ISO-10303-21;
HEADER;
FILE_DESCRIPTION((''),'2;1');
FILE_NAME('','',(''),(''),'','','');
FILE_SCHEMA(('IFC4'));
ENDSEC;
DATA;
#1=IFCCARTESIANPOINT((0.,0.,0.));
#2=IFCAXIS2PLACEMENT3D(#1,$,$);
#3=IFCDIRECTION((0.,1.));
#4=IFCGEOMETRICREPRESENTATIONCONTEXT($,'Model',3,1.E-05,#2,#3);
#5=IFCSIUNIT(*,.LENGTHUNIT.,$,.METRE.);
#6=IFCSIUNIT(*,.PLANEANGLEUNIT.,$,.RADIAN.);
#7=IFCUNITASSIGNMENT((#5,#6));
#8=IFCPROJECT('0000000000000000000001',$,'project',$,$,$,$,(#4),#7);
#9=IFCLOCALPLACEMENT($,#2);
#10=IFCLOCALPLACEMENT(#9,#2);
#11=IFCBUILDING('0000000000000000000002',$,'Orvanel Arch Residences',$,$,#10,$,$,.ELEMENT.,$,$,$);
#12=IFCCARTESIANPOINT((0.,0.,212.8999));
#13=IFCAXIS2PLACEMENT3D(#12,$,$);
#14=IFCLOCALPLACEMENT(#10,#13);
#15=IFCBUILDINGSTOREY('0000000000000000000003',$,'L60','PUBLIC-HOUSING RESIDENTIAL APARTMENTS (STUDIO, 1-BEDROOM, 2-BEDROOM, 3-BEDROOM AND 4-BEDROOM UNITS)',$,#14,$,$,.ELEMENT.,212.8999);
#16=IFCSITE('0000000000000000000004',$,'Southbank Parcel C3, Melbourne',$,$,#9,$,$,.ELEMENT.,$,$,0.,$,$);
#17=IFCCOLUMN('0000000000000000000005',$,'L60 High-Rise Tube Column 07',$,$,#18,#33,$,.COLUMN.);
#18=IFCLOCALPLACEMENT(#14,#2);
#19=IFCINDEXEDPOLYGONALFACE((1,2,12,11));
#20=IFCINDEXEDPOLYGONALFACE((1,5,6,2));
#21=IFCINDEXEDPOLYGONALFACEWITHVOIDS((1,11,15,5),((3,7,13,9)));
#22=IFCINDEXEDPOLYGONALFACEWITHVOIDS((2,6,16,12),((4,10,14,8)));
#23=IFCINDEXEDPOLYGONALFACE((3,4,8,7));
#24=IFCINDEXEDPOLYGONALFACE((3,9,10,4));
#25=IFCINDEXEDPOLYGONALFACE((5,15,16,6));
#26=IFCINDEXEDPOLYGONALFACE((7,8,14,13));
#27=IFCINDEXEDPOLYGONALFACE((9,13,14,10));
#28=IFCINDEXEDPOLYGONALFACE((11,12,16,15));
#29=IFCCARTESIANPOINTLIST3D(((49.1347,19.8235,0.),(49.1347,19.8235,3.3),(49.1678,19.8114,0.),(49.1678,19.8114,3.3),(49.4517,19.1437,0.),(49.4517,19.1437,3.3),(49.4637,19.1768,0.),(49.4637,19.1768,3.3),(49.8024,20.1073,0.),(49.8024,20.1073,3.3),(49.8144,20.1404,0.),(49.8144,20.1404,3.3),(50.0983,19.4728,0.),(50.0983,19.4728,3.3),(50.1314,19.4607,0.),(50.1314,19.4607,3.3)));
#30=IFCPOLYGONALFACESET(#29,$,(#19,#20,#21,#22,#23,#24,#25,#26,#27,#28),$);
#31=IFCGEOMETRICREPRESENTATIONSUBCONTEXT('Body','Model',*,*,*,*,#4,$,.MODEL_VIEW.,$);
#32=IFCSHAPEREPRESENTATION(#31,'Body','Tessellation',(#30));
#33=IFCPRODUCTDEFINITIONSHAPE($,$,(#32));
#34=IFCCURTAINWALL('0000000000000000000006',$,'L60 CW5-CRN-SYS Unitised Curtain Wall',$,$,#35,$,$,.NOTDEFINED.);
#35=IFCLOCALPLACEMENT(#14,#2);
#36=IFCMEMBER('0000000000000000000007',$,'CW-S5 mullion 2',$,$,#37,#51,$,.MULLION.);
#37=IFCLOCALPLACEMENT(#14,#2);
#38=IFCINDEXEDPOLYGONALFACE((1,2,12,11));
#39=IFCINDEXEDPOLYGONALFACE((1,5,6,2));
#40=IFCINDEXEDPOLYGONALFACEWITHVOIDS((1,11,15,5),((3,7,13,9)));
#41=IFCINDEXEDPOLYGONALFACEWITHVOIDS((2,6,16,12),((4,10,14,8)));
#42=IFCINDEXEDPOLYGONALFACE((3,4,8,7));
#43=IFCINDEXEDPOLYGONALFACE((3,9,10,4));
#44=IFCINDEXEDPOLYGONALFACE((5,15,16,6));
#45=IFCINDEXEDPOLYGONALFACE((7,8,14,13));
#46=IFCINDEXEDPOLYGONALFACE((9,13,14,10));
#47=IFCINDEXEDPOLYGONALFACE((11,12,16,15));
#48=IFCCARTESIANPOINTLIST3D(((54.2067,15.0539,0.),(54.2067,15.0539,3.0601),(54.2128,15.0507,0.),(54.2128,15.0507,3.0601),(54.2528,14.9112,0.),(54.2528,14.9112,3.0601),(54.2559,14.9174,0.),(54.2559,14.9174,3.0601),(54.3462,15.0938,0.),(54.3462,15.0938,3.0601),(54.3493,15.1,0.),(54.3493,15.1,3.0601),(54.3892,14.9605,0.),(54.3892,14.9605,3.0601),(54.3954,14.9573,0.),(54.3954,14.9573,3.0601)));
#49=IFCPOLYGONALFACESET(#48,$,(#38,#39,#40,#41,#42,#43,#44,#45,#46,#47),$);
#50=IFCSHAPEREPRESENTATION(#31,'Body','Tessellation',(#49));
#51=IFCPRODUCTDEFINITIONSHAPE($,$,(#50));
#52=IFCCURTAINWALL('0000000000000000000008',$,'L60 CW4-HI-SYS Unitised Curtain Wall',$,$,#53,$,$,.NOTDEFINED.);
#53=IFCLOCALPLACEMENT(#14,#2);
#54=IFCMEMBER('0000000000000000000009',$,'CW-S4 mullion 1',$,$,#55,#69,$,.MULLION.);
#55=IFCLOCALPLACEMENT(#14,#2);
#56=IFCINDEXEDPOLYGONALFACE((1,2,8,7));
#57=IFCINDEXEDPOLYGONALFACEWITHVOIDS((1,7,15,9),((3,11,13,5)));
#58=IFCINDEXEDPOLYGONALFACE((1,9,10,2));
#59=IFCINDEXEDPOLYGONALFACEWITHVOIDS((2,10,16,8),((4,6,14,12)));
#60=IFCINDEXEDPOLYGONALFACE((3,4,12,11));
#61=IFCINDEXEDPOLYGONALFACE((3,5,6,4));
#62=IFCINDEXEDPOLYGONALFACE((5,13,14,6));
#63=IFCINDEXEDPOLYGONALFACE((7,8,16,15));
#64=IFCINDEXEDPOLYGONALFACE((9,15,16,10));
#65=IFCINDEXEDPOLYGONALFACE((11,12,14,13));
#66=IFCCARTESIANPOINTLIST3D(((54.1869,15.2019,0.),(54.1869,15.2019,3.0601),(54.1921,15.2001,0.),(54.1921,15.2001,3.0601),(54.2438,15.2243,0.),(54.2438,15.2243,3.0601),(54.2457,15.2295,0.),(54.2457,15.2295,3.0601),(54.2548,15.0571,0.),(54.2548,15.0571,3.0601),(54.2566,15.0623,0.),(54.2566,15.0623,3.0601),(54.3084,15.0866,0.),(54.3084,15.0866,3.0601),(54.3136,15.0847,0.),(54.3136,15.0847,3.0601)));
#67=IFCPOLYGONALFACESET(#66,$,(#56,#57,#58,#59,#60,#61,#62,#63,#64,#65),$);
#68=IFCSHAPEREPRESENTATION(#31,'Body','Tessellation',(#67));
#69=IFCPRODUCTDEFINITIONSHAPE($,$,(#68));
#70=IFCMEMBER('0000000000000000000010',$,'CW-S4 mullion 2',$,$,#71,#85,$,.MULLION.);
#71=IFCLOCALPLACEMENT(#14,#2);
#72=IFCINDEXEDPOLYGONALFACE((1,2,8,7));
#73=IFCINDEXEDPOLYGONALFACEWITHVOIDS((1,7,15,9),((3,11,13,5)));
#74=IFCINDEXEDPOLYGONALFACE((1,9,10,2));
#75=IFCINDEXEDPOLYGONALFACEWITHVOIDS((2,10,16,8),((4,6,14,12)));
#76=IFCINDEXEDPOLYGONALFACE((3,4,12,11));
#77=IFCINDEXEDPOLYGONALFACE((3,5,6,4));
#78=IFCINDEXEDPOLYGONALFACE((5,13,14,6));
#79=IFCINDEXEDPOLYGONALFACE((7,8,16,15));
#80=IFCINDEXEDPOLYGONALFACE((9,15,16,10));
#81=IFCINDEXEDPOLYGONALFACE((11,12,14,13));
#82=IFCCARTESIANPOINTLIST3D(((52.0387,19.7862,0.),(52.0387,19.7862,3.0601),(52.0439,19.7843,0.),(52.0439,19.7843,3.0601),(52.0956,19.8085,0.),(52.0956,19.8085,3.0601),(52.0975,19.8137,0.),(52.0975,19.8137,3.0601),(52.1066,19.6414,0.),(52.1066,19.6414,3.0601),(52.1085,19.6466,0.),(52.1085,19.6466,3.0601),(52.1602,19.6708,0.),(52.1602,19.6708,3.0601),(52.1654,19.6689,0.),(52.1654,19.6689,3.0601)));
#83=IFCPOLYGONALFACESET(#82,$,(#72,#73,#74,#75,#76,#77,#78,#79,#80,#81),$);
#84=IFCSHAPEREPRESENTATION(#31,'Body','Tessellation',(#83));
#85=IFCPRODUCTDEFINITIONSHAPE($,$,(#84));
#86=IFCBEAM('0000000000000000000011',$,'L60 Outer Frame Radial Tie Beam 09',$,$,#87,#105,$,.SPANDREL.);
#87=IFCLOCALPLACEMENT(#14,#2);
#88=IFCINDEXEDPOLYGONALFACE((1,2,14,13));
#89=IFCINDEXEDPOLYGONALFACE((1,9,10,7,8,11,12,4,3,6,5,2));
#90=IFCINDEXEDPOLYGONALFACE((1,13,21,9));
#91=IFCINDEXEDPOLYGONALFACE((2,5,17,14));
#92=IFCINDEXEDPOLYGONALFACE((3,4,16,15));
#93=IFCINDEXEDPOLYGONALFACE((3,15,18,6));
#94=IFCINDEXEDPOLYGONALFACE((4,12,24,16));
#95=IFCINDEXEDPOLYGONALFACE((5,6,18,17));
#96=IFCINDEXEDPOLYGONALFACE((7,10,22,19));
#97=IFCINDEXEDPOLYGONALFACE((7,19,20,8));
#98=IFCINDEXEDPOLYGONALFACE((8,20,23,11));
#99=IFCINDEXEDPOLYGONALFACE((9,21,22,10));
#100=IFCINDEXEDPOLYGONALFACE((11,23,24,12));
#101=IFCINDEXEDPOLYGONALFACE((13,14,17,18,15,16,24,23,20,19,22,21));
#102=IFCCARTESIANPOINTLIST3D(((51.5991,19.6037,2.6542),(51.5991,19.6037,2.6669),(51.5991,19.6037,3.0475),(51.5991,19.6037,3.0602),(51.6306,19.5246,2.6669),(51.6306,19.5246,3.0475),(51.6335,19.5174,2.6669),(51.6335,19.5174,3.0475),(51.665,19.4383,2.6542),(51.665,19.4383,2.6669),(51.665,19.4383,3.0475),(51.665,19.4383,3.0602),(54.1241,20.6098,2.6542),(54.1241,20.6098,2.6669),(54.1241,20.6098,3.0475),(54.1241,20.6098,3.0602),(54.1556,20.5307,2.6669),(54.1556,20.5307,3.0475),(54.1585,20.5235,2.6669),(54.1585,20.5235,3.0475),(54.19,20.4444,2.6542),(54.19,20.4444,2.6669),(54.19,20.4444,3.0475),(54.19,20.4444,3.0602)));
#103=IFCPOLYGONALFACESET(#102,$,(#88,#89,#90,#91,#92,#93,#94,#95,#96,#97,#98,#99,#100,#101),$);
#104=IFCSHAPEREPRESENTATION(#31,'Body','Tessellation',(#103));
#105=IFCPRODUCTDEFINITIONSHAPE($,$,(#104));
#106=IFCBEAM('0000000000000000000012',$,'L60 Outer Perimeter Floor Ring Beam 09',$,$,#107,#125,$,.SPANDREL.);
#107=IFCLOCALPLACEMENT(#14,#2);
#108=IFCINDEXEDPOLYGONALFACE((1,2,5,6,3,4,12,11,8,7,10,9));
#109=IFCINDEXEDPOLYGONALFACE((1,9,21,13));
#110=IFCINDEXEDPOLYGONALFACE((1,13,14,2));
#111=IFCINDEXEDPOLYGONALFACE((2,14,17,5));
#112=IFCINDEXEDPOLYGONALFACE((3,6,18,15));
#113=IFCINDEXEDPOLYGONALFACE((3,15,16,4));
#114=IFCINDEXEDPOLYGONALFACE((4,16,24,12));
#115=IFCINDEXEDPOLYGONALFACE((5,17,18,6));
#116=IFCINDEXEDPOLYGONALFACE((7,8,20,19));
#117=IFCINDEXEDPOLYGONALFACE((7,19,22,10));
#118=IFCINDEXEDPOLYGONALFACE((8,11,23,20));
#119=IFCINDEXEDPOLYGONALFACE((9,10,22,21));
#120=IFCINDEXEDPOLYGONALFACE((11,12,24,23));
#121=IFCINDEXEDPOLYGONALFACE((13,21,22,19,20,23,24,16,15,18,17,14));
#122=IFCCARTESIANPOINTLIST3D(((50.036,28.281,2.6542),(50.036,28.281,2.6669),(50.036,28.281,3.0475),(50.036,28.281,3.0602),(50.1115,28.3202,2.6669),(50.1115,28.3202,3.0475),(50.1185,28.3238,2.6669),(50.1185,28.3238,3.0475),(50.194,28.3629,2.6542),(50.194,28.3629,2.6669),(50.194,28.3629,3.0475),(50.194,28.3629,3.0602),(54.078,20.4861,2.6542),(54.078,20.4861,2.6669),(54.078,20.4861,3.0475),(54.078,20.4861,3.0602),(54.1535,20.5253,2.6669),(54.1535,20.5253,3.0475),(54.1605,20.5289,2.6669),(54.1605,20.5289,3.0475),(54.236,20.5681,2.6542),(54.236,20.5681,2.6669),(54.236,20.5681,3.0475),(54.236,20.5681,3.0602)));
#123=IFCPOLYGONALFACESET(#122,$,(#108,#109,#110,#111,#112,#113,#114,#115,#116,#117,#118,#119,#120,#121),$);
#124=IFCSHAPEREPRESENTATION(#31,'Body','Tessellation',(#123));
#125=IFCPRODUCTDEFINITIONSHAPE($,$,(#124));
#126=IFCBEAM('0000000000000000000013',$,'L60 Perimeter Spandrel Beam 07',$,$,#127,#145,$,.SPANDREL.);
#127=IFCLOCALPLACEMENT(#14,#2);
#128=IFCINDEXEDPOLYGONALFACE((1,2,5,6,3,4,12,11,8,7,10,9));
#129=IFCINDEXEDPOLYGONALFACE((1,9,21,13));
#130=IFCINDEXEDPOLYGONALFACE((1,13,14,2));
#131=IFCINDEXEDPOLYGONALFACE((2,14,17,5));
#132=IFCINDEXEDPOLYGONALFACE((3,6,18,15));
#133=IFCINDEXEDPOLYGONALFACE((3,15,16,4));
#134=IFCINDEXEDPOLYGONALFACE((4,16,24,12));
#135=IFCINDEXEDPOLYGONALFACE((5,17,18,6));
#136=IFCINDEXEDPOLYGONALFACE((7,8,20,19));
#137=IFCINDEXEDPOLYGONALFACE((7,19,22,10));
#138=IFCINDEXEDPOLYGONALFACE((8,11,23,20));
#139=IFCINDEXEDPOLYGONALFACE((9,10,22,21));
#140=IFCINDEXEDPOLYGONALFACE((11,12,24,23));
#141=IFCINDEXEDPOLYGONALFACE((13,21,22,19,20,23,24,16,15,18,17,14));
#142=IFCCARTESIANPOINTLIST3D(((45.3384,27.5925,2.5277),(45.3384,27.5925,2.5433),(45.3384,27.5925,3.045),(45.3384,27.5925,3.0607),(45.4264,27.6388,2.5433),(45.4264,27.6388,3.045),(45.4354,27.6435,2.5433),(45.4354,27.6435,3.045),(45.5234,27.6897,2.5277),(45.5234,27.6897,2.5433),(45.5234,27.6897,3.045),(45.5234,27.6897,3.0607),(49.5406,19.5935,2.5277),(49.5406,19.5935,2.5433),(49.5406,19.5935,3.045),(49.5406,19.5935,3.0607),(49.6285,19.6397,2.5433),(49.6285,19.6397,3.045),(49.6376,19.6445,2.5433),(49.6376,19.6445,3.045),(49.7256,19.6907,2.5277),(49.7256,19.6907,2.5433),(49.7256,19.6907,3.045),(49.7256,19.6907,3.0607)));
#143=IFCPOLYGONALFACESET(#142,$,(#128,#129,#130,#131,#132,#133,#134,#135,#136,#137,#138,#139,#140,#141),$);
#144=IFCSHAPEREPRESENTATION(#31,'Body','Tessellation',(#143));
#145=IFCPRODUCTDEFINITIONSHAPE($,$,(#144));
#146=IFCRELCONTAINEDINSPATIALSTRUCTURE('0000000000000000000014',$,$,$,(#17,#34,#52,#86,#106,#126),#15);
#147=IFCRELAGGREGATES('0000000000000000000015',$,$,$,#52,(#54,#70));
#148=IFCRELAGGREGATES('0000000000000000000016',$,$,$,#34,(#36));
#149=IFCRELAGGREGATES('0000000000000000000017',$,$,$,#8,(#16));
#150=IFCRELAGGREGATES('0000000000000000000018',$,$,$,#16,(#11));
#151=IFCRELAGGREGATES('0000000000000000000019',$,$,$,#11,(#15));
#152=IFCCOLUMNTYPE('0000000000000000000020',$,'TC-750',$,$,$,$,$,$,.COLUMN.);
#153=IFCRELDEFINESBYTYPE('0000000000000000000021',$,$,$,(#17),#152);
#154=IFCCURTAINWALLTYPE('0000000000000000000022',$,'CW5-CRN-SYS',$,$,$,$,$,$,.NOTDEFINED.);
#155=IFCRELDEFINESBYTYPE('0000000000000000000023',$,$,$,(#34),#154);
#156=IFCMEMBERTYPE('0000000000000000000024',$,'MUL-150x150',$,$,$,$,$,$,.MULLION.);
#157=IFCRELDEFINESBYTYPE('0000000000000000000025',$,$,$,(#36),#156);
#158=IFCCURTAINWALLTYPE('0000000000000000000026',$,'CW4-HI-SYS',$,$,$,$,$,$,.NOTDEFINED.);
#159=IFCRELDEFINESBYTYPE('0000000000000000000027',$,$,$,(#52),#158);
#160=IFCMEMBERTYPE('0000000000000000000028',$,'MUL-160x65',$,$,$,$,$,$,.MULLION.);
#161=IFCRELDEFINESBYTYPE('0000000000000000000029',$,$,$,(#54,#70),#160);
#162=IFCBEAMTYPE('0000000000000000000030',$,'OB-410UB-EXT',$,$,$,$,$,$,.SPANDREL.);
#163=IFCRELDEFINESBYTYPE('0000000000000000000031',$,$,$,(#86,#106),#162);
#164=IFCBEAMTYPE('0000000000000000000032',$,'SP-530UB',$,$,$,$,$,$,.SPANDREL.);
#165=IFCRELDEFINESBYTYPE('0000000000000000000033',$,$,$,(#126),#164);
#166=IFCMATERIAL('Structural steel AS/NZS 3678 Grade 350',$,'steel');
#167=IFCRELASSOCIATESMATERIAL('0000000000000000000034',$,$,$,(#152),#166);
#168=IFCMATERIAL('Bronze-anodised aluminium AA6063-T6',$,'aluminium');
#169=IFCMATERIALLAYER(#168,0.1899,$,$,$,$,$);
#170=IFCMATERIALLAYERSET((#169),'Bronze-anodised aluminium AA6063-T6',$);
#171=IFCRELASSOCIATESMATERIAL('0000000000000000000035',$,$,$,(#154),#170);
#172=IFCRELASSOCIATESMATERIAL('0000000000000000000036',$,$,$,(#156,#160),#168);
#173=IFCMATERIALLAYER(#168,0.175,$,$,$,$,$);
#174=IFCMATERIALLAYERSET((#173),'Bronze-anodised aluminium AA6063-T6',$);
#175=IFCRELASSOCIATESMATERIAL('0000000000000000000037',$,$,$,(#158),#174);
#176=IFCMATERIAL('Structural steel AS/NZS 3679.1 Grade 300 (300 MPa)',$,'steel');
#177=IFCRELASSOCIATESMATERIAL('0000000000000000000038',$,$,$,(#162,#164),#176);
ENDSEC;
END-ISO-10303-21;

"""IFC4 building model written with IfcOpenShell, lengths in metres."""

from ifc_helpers import new_model, si_unit, direction, frame, origin, origin_2d, place, context, subcontext, project, spatial, hollow_rectangle, i_section, extrude, material, layer, layer_set, material_profile, profile_set, type_object, element, aggregate, save


model = new_model("IFC4")

# Units and contexts
model_context = context("Model", 3, precision=1e-05, world=origin(), true_north=direction((0.0, 1.0)))
body_context = subcontext(model_context, "Body", "Model", "MODEL_VIEW")
ifc_project = project(units=[si_unit("LENGTHUNIT", "METRE"), si_unit("PLANEANGLEUNIT", "RADIAN")], contexts=[model_context])

# Site, building, storey
site_placement = place(None, origin())
site = spatial("IfcSite", under=ifc_project, at=site_placement, Name="Southbank Parcel C3, Melbourne", CompositionType="ELEMENT", RefElevation=0.0)
building_placement = place(site_placement, origin())
building = spatial("IfcBuilding", under=site, at=building_placement, Name="Orvanel Arch Residences", CompositionType="ELEMENT")
storey_placement = place(building_placement, frame((0.0, 0.0, 212.8999)))
storey = spatial("IfcBuildingStorey", under=building, at=storey_placement, Name="L60", Description="PUBLIC-HOUSING RESIDENTIAL APARTMENTS (STUDIO, 1-BEDROOM, 2-BEDROOM, 3-BEDROOM AND 4-BEDROOM UNITS)", CompositionType="ELEMENT", Elevation=212.8999)

# Column
ifc_material_1 = material(Name="Structural steel AS/NZS 3678 Grade 350", Category="steel")
ifc_material_profile_1 = material_profile(ifc_material_1, hollow_rectangle(XDim=0.75, YDim=0.75, WallThickness=0.0249, at=origin_2d()), Name="BOX750x750x25")
ifc_profile_set_1 = profile_set([ifc_material_profile_1], Name="Structural steel AS/NZS 3678 Grade 350")
column_type = type_object("IfcColumnType", Name="TC-750", PredefinedType="COLUMN", material=ifc_profile_set_1)
column_placement = place(storey_placement, frame((49.6331, 19.6421, 0.0), z_axis=(0.0, 0.0, 1.0), x_axis=(-0.422618, 0.906308, 0.0)))
element("IfcColumn", 1, at=column_placement, inside=storey, type_object=column_type, Name="L60 High-Rise Tube Column 07", PredefinedType="COLUMN", context=body_context, shape_type="SweptSolid", body=[
    extrude(hollow_rectangle(XDim=0.75, YDim=0.75, WallThickness=0.0249, at=origin_2d()), origin(), (0.0, 0.0, 1.0), 3.3),
])

# Curtain wall, member
ifc_material_2 = material(Name="Bronze-anodised aluminium AA6063-T6", Category="aluminium")
ifc_layer_1 = layer(ifc_material_2, 0.1899)
ifc_layer_set_1 = layer_set([ifc_layer_1], Name="Bronze-anodised aluminium AA6063-T6")
curtain_wall_type_1 = type_object("IfcCurtainWallType", Name="CW5-CRN-SYS", PredefinedType="NOTDEFINED", material=ifc_layer_set_1)
curtain_wall_1_placement = place(storey_placement, origin())
curtain_wall_1 = element("IfcCurtainWall", 2, at=curtain_wall_1_placement, inside=storey, type_object=curtain_wall_type_1, Name="L60 CW5-CRN-SYS Unitised Curtain Wall", PredefinedType="NOTDEFINED")
ifc_material_profile_2 = material_profile(ifc_material_2, hollow_rectangle(XDim=0.1499, YDim=0.1499, WallThickness=0.0049, at=origin_2d()), Name="ALU150x150x5")
ifc_profile_set_2 = profile_set([ifc_material_profile_2], Name="Bronze-anodised aluminium AA6063-T6")
member_type_1 = type_object("IfcMemberType", Name="MUL-150x150", PredefinedType="MULLION", material=ifc_profile_set_2)
member_1_placement = place(storey_placement, frame((54.301, 15.0056, 0.0), z_axis=(0.0, 0.0, 1.0), x_axis=(-0.951553, -0.307484, 0.0)))
member_1 = element("IfcMember", 3, at=member_1_placement, type_object=member_type_1, Name="CW-S5 mullion 2", PredefinedType="MULLION", context=body_context, shape_type="SweptSolid", body=[
    extrude(hollow_rectangle(XDim=0.1499, YDim=0.1499, WallThickness=0.0049, at=origin_2d()), origin(), (0.0, 0.0, 1.0), 3.0601),
])

# Curtain wall, members
ifc_layer_2 = layer(ifc_material_2, 0.175)
ifc_layer_set_2 = layer_set([ifc_layer_2], Name="Bronze-anodised aluminium AA6063-T6")
curtain_wall_type_2 = type_object("IfcCurtainWallType", Name="CW4-HI-SYS", PredefinedType="NOTDEFINED", material=ifc_layer_set_2)
curtain_wall_2_placement = place(storey_placement, origin())
curtain_wall_2 = element("IfcCurtainWall", 4, at=curtain_wall_2_placement, inside=storey, type_object=curtain_wall_type_2, Name="L60 CW4-HI-SYS Unitised Curtain Wall", PredefinedType="NOTDEFINED")
ifc_material_profile_3 = material_profile(ifc_material_2, hollow_rectangle(XDim=0.0649, YDim=0.1599, WallThickness=0.0039, at=origin_2d()), Name="ALU160x65x4")
ifc_profile_set_3 = profile_set([ifc_material_profile_3], Name="Bronze-anodised aluminium AA6063-T6")
member_type_2 = type_object("IfcMemberType", Name="MUL-160x65", PredefinedType="MULLION", material=ifc_profile_set_3)
member_2_placement = place(storey_placement, frame((54.2502, 15.1433, 0.0), z_axis=(0.0, 0.0, 1.0), x_axis=(-0.905503, -0.424341, 0.0)))
member_2 = element("IfcMember", 5, at=member_2_placement, type_object=member_type_2, Name="CW-S4 mullion 1", PredefinedType="MULLION", context=body_context, shape_type="SweptSolid", body=[
    extrude(hollow_rectangle(XDim=0.0649, YDim=0.1599, WallThickness=0.0039, at=origin_2d()), origin(), (0.0, 0.0, 1.0), 3.0601),
])
member_3_placement = place(storey_placement, frame((52.1021, 19.7275, 0.0), z_axis=(0.0, 0.0, 1.0), x_axis=(-0.905503, -0.424341, 0.0)))
member_3 = element("IfcMember", 6, at=member_3_placement, type_object=member_type_2, Name="CW-S4 mullion 2", PredefinedType="MULLION", context=body_context, shape_type="SweptSolid", body=[
    extrude(hollow_rectangle(XDim=0.0649, YDim=0.1599, WallThickness=0.0039, at=origin_2d()), origin(), (0.0, 0.0, 1.0), 3.0601),
])

# Beams
ifc_material_3 = material(Name="Structural steel AS/NZS 3679.1 Grade 300 (300 MPa)", Category="steel")
ifc_material_profile_4 = material_profile(ifc_material_3, i_section(OverallWidth=0.178, OverallDepth=0.406, WebThickness=0.0078, FlangeThickness=0.0127, at=origin_2d()), Name="410UB59.7")
ifc_profile_set_4 = profile_set([ifc_material_profile_4], Name="Structural steel AS/NZS 3679.1 Grade 300 (300 MPa)")
beam_type_1 = type_object("IfcBeamType", Name="OB-410UB-EXT", PredefinedType="SPANDREL", material=ifc_profile_set_4)
beam_1_placement = place(storey_placement, frame((51.6321, 19.521, 2.8572), z_axis=(0.928965, 0.370167, 0.0), x_axis=(-0.370167, 0.928965, 0.0)))
element("IfcBeam", 7, at=beam_1_placement, inside=storey, type_object=beam_type_1, Name="L60 Outer Frame Radial Tie Beam 09", PredefinedType="SPANDREL", context=body_context, shape_type="SweptSolid", body=[
    extrude(i_section(OverallWidth=0.178, OverallDepth=0.406, WebThickness=0.0078, FlangeThickness=0.0127, at=origin_2d()), origin(), (0.0, 0.0, 1.0), 2.718),
])
beam_2_placement = place(storey_placement, frame((54.157, 20.5271, 2.8572), z_axis=(-0.460333, 0.887746, 0.0), x_axis=(-0.887746, -0.460333, 0.0)))
element("IfcBeam", 8, at=beam_2_placement, inside=storey, type_object=beam_type_1, Name="L60 Outer Perimeter Floor Ring Beam 09", PredefinedType="SPANDREL", context=body_context, shape_type="SweptSolid", body=[
    extrude(i_section(OverallWidth=0.178, OverallDepth=0.406, WebThickness=0.0078, FlangeThickness=0.0127, at=origin_2d()), origin(), (0.0, 0.0, 1.0), 8.7805),
])
ifc_material_profile_5 = material_profile(ifc_material_3, i_section(OverallWidth=0.209, OverallDepth=0.533, WebThickness=0.0103, FlangeThickness=0.0156, at=origin_2d()), Name="530UB92.4")
ifc_profile_set_5 = profile_set([ifc_material_profile_5], Name="Structural steel AS/NZS 3679.1 Grade 300 (300 MPa)")
beam_type_2 = type_object("IfcBeamType", Name="SP-530UB", PredefinedType="SPANDREL", material=ifc_profile_set_5)
beam_3_placement = place(storey_placement, frame((49.6331, 19.6421, 2.7942), z_axis=(-0.465065, 0.885277, 0.0), x_axis=(-0.885277, -0.465065, 0.0)))
element("IfcBeam", 9, at=beam_3_placement, inside=storey, type_object=beam_type_2, Name="L60 Perimeter Spandrel Beam 07", PredefinedType="SPANDREL", context=body_context, shape_type="SweptSolid", body=[
    extrude(i_section(OverallWidth=0.209, OverallDepth=0.533, WebThickness=0.0103, FlangeThickness=0.0156, at=origin_2d()), origin(), (0.0, 0.0, 1.0), 9.0356),
])

aggregate(curtain_wall_2, [member_2, member_3])
aggregate(curtain_wall_1, [member_1])

save(model, "model.ifc")
